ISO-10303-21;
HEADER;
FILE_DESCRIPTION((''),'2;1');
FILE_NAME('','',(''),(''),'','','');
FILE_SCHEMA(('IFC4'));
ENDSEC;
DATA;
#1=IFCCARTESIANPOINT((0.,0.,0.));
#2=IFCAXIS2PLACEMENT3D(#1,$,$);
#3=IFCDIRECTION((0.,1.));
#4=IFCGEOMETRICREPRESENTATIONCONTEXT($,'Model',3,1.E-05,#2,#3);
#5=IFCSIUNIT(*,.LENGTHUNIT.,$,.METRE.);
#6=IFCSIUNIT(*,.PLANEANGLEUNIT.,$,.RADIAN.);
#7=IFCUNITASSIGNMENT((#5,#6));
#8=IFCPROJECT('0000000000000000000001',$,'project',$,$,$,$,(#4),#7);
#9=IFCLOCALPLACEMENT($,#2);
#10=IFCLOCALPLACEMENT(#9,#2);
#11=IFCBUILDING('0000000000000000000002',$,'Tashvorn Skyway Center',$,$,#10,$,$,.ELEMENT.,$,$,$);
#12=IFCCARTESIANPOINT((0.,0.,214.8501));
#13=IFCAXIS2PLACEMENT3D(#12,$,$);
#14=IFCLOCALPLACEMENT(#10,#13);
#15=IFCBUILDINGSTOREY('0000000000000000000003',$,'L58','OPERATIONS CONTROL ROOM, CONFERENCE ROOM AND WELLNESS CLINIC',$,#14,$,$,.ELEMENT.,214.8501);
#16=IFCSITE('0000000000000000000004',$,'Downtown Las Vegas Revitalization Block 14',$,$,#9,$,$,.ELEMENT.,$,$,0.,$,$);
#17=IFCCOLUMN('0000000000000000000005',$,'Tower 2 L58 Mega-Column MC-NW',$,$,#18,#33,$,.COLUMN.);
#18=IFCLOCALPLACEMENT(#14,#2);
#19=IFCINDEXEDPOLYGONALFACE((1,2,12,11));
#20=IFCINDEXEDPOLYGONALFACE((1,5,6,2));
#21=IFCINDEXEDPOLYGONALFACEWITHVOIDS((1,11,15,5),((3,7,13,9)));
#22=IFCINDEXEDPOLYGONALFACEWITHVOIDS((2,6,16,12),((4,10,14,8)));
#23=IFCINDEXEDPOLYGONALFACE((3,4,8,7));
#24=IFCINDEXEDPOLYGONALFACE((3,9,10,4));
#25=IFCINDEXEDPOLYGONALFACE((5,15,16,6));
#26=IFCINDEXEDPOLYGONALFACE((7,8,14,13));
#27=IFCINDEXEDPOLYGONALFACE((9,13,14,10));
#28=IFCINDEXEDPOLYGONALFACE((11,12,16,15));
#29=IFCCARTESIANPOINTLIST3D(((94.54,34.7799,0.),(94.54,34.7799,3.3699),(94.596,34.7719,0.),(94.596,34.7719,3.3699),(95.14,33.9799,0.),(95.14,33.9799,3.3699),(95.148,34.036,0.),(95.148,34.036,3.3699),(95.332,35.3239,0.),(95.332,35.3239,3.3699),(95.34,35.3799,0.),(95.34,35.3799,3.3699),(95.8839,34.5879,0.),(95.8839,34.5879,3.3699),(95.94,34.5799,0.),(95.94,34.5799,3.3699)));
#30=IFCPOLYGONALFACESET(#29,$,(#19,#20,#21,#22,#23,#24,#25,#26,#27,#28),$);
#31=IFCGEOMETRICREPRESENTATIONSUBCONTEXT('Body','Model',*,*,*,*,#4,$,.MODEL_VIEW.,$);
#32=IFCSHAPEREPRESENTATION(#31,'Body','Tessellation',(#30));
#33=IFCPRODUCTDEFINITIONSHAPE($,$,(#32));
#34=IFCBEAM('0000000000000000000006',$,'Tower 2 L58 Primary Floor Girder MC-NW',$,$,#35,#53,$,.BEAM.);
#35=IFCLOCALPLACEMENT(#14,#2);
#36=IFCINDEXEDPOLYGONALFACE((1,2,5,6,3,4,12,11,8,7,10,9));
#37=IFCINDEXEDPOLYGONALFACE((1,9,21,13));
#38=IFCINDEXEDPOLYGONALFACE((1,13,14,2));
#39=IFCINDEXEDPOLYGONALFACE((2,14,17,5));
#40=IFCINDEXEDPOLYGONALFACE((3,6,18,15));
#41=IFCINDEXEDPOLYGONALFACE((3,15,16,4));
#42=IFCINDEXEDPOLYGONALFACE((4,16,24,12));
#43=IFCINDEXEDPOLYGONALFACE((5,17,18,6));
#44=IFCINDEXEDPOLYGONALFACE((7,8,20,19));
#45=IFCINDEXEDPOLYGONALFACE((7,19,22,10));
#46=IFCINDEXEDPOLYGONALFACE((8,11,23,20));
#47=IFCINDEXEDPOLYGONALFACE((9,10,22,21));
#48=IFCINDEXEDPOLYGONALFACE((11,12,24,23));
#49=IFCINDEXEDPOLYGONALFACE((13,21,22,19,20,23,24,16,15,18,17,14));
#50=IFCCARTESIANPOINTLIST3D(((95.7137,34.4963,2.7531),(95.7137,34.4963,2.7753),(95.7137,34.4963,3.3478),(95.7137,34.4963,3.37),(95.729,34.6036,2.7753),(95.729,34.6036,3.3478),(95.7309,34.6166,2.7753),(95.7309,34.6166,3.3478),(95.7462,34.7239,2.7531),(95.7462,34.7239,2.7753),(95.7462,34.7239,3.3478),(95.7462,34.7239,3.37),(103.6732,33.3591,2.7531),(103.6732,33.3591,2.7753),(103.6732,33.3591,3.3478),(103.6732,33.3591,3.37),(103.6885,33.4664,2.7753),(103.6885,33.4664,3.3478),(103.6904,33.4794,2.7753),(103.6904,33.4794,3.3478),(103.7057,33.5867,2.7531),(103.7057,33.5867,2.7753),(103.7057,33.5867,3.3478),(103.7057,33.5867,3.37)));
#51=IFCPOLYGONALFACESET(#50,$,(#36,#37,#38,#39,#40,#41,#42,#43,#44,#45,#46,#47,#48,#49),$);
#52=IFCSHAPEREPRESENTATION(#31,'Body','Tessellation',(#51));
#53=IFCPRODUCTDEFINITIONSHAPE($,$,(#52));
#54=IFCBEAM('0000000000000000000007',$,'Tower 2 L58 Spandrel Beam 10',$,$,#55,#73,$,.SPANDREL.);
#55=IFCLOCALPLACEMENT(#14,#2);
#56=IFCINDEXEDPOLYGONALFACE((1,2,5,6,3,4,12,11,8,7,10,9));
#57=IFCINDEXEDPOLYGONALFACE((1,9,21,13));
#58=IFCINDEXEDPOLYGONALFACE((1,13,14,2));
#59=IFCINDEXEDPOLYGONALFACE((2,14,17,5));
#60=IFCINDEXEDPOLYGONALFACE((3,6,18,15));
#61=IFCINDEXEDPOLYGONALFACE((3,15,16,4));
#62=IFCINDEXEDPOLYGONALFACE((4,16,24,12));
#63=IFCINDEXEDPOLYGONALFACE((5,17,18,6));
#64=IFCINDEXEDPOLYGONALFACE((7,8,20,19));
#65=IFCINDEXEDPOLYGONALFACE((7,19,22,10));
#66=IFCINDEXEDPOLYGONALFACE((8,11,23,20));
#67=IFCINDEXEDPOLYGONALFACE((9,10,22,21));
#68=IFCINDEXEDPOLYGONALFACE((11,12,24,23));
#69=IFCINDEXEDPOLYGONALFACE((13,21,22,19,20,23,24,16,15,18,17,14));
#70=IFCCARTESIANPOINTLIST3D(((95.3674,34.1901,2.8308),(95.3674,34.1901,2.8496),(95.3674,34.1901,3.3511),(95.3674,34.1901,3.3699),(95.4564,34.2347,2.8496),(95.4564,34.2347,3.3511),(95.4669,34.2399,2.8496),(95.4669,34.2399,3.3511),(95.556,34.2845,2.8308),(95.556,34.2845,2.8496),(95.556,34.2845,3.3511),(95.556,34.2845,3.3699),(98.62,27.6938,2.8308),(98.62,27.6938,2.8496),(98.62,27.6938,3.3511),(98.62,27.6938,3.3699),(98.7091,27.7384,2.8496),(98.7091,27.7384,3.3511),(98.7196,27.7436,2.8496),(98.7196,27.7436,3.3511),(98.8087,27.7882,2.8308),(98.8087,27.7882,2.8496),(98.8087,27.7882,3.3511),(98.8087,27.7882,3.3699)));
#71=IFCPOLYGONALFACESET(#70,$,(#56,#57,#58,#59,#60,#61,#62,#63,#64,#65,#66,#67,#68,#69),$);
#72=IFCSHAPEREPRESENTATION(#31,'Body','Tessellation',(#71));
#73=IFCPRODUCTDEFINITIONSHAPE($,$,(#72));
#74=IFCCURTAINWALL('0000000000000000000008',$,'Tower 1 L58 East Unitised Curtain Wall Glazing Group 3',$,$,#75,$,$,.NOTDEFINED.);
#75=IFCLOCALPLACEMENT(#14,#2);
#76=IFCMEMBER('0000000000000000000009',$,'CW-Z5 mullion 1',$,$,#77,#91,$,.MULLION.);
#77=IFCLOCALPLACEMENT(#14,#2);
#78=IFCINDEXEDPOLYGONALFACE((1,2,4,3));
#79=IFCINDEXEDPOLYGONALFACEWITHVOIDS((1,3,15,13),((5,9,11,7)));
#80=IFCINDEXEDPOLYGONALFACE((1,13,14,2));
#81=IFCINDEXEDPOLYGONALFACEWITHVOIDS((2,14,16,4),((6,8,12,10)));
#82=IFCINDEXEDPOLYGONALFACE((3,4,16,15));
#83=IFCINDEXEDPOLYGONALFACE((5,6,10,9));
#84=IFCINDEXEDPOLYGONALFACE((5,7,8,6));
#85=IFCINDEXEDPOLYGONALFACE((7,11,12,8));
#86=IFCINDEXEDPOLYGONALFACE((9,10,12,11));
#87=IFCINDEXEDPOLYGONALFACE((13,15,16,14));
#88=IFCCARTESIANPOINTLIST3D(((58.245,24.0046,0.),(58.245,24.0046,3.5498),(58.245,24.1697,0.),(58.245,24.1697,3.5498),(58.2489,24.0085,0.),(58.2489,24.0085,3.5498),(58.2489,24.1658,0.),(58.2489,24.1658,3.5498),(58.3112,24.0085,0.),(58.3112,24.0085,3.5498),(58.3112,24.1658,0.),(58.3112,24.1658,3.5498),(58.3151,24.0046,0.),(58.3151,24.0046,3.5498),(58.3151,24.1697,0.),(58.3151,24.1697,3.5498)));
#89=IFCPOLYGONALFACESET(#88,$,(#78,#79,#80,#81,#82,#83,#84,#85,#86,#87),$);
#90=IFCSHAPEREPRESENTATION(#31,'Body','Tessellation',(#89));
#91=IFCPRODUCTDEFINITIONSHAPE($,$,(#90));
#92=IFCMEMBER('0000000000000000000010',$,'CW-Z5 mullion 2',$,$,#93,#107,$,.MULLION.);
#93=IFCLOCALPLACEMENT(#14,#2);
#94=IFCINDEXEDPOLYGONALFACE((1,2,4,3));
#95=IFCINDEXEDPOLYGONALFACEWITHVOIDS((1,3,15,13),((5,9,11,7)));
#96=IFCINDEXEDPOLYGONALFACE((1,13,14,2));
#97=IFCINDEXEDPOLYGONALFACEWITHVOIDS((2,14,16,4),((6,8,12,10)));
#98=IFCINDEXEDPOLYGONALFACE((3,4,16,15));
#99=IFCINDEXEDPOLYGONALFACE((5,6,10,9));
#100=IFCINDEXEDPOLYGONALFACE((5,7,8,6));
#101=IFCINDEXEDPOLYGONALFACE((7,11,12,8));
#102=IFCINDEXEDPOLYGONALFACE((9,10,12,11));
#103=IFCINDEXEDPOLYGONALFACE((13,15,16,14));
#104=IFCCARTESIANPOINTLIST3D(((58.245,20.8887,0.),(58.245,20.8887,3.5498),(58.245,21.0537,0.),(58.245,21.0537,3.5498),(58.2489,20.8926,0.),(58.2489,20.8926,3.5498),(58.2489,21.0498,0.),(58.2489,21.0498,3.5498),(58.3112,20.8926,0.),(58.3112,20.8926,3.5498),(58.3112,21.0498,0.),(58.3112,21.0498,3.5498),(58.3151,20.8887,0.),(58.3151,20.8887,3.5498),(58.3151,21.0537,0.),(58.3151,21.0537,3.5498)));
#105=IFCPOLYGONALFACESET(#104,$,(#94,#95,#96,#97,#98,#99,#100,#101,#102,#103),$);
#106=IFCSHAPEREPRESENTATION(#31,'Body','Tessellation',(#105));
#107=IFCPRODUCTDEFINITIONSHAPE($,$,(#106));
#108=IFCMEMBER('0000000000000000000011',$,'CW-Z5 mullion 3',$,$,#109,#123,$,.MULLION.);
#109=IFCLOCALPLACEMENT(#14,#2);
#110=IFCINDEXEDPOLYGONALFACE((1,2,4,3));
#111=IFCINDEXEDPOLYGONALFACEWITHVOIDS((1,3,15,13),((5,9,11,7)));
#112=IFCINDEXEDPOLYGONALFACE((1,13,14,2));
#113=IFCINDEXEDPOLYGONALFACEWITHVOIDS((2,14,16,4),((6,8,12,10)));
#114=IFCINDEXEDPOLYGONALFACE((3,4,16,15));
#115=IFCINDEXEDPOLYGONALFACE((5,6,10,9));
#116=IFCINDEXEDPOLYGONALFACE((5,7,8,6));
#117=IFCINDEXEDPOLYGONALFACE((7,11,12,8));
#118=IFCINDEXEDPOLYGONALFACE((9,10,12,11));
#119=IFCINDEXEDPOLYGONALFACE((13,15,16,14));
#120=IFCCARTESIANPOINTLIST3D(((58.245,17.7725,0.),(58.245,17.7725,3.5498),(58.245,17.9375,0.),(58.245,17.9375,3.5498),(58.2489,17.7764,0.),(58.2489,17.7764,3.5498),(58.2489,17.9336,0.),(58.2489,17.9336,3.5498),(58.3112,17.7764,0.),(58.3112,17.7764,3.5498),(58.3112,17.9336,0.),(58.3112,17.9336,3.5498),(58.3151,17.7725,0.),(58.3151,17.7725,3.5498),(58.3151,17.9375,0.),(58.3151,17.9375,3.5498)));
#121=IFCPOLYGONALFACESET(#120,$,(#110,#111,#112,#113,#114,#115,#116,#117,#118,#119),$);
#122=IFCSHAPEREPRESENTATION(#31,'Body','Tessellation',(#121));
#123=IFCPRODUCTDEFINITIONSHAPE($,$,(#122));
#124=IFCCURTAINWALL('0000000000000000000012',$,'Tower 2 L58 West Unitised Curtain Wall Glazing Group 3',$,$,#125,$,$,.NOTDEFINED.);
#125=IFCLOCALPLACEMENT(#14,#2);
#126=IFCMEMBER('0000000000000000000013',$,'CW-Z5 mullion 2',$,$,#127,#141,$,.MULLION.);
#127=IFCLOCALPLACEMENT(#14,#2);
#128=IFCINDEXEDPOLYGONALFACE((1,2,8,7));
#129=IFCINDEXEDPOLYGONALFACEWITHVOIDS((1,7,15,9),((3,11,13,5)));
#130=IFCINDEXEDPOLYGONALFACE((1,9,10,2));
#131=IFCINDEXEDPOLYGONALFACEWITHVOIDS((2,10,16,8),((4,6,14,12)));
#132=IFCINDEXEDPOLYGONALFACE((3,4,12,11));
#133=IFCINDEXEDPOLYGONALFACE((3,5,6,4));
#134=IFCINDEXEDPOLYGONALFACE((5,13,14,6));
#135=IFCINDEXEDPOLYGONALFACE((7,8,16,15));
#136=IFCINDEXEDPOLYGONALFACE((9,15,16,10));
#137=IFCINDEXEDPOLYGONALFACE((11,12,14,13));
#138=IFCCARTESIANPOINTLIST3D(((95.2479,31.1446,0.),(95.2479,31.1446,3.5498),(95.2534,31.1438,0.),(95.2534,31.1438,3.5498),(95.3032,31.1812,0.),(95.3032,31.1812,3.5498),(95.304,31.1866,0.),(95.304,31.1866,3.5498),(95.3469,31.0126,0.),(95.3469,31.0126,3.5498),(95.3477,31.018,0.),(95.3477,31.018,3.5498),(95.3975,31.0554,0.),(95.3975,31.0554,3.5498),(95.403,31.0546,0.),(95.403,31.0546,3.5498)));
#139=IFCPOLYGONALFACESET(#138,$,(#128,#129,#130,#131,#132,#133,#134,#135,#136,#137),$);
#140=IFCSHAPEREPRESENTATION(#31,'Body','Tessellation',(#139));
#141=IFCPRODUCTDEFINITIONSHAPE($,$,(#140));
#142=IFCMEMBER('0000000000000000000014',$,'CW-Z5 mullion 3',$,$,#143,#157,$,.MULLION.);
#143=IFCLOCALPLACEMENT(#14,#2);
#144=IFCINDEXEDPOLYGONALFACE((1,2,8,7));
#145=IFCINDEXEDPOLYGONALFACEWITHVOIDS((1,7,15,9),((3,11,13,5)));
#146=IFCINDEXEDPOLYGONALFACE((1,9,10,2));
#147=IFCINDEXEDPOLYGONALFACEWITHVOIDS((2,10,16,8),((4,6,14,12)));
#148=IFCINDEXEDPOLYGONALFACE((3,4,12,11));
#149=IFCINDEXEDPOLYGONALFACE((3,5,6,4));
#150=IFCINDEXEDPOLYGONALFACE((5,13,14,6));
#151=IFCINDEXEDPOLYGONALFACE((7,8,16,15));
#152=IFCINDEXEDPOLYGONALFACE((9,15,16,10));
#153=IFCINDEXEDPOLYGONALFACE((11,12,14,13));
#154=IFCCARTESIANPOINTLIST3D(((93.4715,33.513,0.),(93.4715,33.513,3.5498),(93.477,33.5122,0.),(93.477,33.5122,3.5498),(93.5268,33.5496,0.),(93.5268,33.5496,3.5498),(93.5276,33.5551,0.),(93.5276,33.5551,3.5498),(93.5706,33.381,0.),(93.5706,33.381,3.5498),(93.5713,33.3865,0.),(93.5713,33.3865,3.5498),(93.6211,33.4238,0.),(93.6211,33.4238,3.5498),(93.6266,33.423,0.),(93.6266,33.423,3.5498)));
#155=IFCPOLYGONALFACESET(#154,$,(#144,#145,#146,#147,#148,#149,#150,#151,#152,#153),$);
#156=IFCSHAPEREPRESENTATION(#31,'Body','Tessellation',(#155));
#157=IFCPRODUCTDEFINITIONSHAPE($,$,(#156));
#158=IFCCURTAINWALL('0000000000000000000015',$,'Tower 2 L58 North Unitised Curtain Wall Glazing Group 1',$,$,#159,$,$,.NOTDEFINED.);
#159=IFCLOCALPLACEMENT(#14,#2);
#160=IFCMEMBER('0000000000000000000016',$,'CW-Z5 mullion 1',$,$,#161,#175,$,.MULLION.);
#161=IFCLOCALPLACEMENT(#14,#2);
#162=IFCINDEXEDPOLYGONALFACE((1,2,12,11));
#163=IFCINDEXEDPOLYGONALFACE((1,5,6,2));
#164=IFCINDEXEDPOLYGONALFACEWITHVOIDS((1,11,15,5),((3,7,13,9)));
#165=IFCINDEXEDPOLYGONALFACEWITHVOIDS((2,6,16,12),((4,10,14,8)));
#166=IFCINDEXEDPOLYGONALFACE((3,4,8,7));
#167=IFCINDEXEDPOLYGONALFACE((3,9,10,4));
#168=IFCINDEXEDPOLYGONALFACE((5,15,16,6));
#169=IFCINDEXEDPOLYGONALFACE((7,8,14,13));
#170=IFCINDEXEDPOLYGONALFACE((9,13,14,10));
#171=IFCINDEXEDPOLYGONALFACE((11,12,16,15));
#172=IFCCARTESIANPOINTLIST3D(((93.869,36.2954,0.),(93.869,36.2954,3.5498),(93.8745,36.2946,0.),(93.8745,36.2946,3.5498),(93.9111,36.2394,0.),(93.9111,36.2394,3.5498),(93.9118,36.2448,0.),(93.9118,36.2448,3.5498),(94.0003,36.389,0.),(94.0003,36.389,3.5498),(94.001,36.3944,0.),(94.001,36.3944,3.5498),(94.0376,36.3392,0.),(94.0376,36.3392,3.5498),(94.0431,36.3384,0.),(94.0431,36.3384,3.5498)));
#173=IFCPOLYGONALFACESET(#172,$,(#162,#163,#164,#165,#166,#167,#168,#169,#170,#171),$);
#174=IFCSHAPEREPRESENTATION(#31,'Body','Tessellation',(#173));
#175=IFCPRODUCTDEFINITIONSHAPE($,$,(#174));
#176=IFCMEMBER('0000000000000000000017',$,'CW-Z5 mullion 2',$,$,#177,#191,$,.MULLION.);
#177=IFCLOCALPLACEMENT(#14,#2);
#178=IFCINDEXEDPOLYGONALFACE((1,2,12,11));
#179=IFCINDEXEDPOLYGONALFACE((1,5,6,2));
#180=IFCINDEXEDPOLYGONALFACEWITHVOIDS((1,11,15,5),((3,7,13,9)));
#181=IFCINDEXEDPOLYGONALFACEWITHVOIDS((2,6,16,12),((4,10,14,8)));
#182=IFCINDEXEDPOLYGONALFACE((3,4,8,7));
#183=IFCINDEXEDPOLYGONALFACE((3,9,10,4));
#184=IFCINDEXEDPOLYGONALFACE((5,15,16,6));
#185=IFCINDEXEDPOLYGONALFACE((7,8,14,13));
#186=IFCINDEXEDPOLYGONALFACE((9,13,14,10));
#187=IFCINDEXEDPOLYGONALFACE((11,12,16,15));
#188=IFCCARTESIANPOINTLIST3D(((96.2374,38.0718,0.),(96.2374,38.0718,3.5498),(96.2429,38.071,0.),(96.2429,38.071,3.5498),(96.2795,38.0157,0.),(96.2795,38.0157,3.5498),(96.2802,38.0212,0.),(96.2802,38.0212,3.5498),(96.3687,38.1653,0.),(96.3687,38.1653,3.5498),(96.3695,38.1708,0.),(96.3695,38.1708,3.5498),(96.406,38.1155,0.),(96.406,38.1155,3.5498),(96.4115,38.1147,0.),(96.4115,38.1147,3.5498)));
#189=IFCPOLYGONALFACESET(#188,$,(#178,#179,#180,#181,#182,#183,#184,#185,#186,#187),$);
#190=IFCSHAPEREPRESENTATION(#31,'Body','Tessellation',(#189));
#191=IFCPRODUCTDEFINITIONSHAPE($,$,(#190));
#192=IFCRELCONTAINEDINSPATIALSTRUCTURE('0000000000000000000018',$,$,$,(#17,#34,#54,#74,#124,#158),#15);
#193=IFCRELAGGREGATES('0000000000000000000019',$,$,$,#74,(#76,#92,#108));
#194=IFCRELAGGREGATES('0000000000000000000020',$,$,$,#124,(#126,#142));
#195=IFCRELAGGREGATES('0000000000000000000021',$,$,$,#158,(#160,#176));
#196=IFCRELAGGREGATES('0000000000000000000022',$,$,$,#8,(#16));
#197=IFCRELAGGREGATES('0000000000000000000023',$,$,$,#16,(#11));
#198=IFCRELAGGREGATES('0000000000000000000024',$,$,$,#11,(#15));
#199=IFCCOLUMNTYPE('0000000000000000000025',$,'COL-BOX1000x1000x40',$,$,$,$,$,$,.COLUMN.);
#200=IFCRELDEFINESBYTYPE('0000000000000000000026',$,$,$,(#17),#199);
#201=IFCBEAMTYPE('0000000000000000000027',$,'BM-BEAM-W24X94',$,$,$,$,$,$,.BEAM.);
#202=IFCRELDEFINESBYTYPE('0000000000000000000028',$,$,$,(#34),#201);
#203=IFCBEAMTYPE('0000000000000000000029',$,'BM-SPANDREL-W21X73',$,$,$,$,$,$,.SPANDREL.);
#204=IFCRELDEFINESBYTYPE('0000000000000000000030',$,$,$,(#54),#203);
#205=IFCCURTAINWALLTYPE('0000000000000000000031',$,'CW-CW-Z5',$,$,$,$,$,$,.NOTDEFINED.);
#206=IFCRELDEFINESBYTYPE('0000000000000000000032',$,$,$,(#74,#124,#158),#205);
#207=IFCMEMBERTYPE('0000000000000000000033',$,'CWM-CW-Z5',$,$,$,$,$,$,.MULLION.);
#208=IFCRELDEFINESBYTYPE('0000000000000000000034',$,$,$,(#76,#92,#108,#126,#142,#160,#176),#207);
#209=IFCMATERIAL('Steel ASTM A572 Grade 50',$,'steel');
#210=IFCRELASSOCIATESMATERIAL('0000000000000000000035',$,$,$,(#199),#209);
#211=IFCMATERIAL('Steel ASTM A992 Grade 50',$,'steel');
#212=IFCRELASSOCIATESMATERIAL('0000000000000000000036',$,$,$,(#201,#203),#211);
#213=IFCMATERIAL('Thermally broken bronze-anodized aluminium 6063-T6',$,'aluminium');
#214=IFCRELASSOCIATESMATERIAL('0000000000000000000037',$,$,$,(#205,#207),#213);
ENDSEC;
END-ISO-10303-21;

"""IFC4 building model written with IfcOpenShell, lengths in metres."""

from ifc_helpers import new_model, si_unit, direction, frame, origin, origin_2d, place, context, subcontext, project, spatial, hollow_rectangle, i_section, extrude, material, material_profile, profile_set, type_object, element, aggregate, save


model = new_model("IFC4")

# Units and contexts
model_context = context("Model", 3, precision=1e-05, world=origin(), true_north=direction((0.0, 1.0)))
body_context = subcontext(model_context, "Body", "Model", "MODEL_VIEW")
ifc_project = project(units=[si_unit("LENGTHUNIT", "METRE"), si_unit("PLANEANGLEUNIT", "RADIAN")], contexts=[model_context])

# Site, building, storey
site_placement = place(None, origin())
site = spatial("IfcSite", under=ifc_project, at=site_placement, Name="Downtown Las Vegas Revitalization Block 14", CompositionType="ELEMENT", RefElevation=0.0)
building_placement = place(site_placement, origin())
building = spatial("IfcBuilding", under=site, at=building_placement, Name="Tashvorn Skyway Center", CompositionType="ELEMENT")
storey_placement = place(building_placement, frame((0.0, 0.0, 214.8501)))
storey = spatial("IfcBuildingStorey", under=building, at=storey_placement, Name="L58", Description="OPERATIONS CONTROL ROOM, CONFERENCE ROOM AND WELLNESS CLINIC", CompositionType="ELEMENT", Elevation=214.8501)

# Column
ifc_material_1 = material(Name="Steel ASTM A572 Grade 50", Category="steel")
ifc_material_profile_1 = material_profile(ifc_material_1, hollow_rectangle(XDim=1.0, YDim=1.0, WallThickness=0.04, at=origin_2d()), Name="BOX1000x1000x40")
ifc_profile_set_1 = profile_set([ifc_material_profile_1], Name="Steel ASTM A572 Grade 50")
column_type = type_object("IfcColumnType", Name="COL-BOX1000x1000x40", PredefinedType="COLUMN", material=ifc_profile_set_1)
column_placement = place(storey_placement, frame((95.24, 34.6799, 0.0), z_axis=(0.0, 0.0, 1.0), x_axis=(0.8, 0.6, 0.0)))
element("IfcColumn", 1, at=column_placement, inside=storey, type_object=column_type, Name="Tower 2 L58 Mega-Column MC-NW", PredefinedType="COLUMN", context=body_context, shape_type="SweptSolid", body=[
    extrude(hollow_rectangle(XDim=1.0, YDim=1.0, WallThickness=0.04, at=origin_2d()), origin(), (0.0, 0.0, 1.0), 3.3699),
])

# Beams
ifc_material_2 = material(Name="Steel ASTM A992 Grade 50", Category="steel")
ifc_material_profile_2 = material_profile(ifc_material_2, i_section(OverallWidth=0.23, OverallDepth=0.6169, WebThickness=0.0132, FlangeThickness=0.0222, at=origin_2d()), Name="W24X94")
ifc_profile_set_2 = profile_set([ifc_material_profile_2], Name="Steel ASTM A992 Grade 50")
beam_type_1 = type_object("IfcBeamType", Name="BM-BEAM-W24X94", PredefinedType="BEAM", material=ifc_profile_set_2)
beam_1_placement = place(storey_placement, frame((95.73, 34.6101, 3.0615), z_axis=(0.989947, -0.141438, 0.0), x_axis=(0.141438, 0.989947, 0.0)))
element("IfcBeam", 2, at=beam_1_placement, inside=storey, type_object=beam_type_1, Name="Tower 2 L58 Primary Floor Girder MC-NW", PredefinedType="BEAM", context=body_context, shape_type="SweptSolid", body=[
    extrude(i_section(OverallWidth=0.23, OverallDepth=0.6169, WebThickness=0.0132, FlangeThickness=0.0222, at=origin_2d()), origin(), (0.0, 0.0, 1.0), 8.0403),
])
ifc_material_profile_3 = material_profile(ifc_material_2, i_section(OverallWidth=0.2109, OverallDepth=0.5391, WebThickness=0.0117, FlangeThickness=0.0188, at=origin_2d()), Name="W21X73")
ifc_profile_set_3 = profile_set([ifc_material_profile_3], Name="Steel ASTM A992 Grade 50")
beam_type_2 = type_object("IfcBeamType", Name="BM-SPANDREL-W21X73", PredefinedType="SPANDREL", material=ifc_profile_set_3)
beam_2_placement = place(storey_placement, frame((95.4617, 34.2373, 3.1003), z_axis=(0.447711, -0.894178, 0.0), x_axis=(0.894178, 0.447711, 0.0)))
element("IfcBeam", 3, at=beam_2_placement, inside=storey, type_object=beam_type_2, Name="Tower 2 L58 Spandrel Beam 10", PredefinedType="SPANDREL", context=body_context, shape_type="SweptSolid", body=[
    extrude(i_section(OverallWidth=0.2109, OverallDepth=0.5391, WebThickness=0.0117, FlangeThickness=0.0188, at=origin_2d()), origin(), (0.0, 0.0, 1.0), 7.2651),
])

# Curtain walls, members
ifc_material_3 = material(Name="Thermally broken bronze-anodized aluminium 6063-T6", Category="aluminium")
curtain_wall_type = type_object("IfcCurtainWallType", Name="CW-CW-Z5", PredefinedType="NOTDEFINED", material=ifc_material_3)
curtain_wall_1_placement = place(storey_placement, origin())
curtain_wall_1 = element("IfcCurtainWall", 4, at=curtain_wall_1_placement, inside=storey, type_object=curtain_wall_type, Name="Tower 1 L58 East Unitised Curtain Wall Glazing Group 3", PredefinedType="NOTDEFINED")
ifc_material_profile_4 = material_profile(ifc_material_3, hollow_rectangle(XDim=0.0701, YDim=0.165, WallThickness=0.0039, at=origin_2d()), Name="ALU-MULL-70x165")
ifc_profile_set_4 = profile_set([ifc_material_profile_4], Name="Thermally broken bronze-anodized aluminium 6063-T6")
member_type_1 = type_object("IfcMemberType", Name="CWM-CW-Z5", PredefinedType="MULLION", material=ifc_profile_set_4)
member_1_placement = place(storey_placement, frame((58.28, 24.0872, 0.0), z_axis=(0.0, 0.0, 1.0), x_axis=(1.0, 0.0, 0.0)))
member_1 = element("IfcMember", 5, at=member_1_placement, type_object=member_type_1, Name="CW-Z5 mullion 1", PredefinedType="MULLION", context=body_context, shape_type="SweptSolid", body=[
    extrude(hollow_rectangle(XDim=0.0701, YDim=0.165, WallThickness=0.0039, at=origin_2d()), origin(), (0.0, 0.0, 1.0), 3.5498),
])
member_2_placement = place(storey_placement, frame((58.28, 20.9712, 0.0), z_axis=(0.0, 0.0, 1.0), x_axis=(1.0, 0.0, 0.0)))
member_2 = element("IfcMember", 6, at=member_2_placement, type_object=member_type_1, Name="CW-Z5 mullion 2", PredefinedType="MULLION", context=body_context, shape_type="SweptSolid", body=[
    extrude(hollow_rectangle(XDim=0.0701, YDim=0.165, WallThickness=0.0039, at=origin_2d()), origin(), (0.0, 0.0, 1.0), 3.5498),
])
member_3_placement = place(storey_placement, frame((58.28, 17.855, 0.0), z_axis=(0.0, 0.0, 1.0), x_axis=(1.0, 0.0, 0.0)))
member_3 = element("IfcMember", 7, at=member_3_placement, type_object=member_type_1, Name="CW-Z5 mullion 3", PredefinedType="MULLION", context=body_context, shape_type="SweptSolid", body=[
    extrude(hollow_rectangle(XDim=0.0701, YDim=0.165, WallThickness=0.0039, at=origin_2d()), origin(), (0.0, 0.0, 1.0), 3.5498),
])
curtain_wall_2_placement = place(storey_placement, origin())
curtain_wall_2 = element("IfcCurtainWall", 8, at=curtain_wall_2_placement, inside=storey, type_object=curtain_wall_type, Name="Tower 2 L58 West Unitised Curtain Wall Glazing Group 3", PredefinedType="NOTDEFINED")
member_4_placement = place(storey_placement, frame((95.3254, 31.0996, 0.0), z_axis=(0.0, 0.0, 1.0), x_axis=(-0.799998, -0.600003, 0.0)))
member_4 = element("IfcMember", 9, at=member_4_placement, type_object=member_type_1, Name="CW-Z5 mullion 2", PredefinedType="MULLION", context=body_context, shape_type="SweptSolid", body=[
    extrude(hollow_rectangle(XDim=0.0701, YDim=0.165, WallThickness=0.0039, at=origin_2d()), origin(), (0.0, 0.0, 1.0), 3.5498),
])
member_5_placement = place(storey_placement, frame((93.5491, 33.468, 0.0), z_axis=(0.0, 0.0, 1.0), x_axis=(-0.799998, -0.600003, 0.0)))
member_5 = element("IfcMember", 10, at=member_5_placement, type_object=member_type_1, Name="CW-Z5 mullion 3", PredefinedType="MULLION", context=body_context, shape_type="SweptSolid", body=[
    extrude(hollow_rectangle(XDim=0.0701, YDim=0.165, WallThickness=0.0039, at=origin_2d()), origin(), (0.0, 0.0, 1.0), 3.5498),
])
curtain_wall_3_placement = place(storey_placement, origin())
curtain_wall_3 = element("IfcCurtainWall", 11, at=curtain_wall_3_placement, inside=storey, type_object=curtain_wall_type, Name="Tower 2 L58 North Unitised Curtain Wall Glazing Group 1", PredefinedType="NOTDEFINED")
member_6_placement = place(storey_placement, frame((93.9561, 36.3169, 0.0), z_axis=(0.0, 0.0, 1.0), x_axis=(-0.600003, 0.799998, 0.0)))
member_6 = element("IfcMember", 12, at=member_6_placement, type_object=member_type_1, Name="CW-Z5 mullion 1", PredefinedType="MULLION", context=body_context, shape_type="SweptSolid", body=[
    extrude(hollow_rectangle(XDim=0.0701, YDim=0.165, WallThickness=0.0039, at=origin_2d()), origin(), (0.0, 0.0, 1.0), 3.5498),
])
member_7_placement = place(storey_placement, frame((96.3245, 38.0933, 0.0), z_axis=(0.0, 0.0, 1.0), x_axis=(-0.600003, 0.799998, 0.0)))
member_7 = element("IfcMember", 13, at=member_7_placement, type_object=member_type_1, Name="CW-Z5 mullion 2", PredefinedType="MULLION", context=body_context, shape_type="SweptSolid", body=[
    extrude(hollow_rectangle(XDim=0.0701, YDim=0.165, WallThickness=0.0039, at=origin_2d()), origin(), (0.0, 0.0, 1.0), 3.5498),
])

aggregate(curtain_wall_1, [member_1, member_2, member_3])
aggregate(curtain_wall_2, [member_4, member_5])
aggregate(curtain_wall_3, [member_6, member_7])

save(model, "model.ifc")
